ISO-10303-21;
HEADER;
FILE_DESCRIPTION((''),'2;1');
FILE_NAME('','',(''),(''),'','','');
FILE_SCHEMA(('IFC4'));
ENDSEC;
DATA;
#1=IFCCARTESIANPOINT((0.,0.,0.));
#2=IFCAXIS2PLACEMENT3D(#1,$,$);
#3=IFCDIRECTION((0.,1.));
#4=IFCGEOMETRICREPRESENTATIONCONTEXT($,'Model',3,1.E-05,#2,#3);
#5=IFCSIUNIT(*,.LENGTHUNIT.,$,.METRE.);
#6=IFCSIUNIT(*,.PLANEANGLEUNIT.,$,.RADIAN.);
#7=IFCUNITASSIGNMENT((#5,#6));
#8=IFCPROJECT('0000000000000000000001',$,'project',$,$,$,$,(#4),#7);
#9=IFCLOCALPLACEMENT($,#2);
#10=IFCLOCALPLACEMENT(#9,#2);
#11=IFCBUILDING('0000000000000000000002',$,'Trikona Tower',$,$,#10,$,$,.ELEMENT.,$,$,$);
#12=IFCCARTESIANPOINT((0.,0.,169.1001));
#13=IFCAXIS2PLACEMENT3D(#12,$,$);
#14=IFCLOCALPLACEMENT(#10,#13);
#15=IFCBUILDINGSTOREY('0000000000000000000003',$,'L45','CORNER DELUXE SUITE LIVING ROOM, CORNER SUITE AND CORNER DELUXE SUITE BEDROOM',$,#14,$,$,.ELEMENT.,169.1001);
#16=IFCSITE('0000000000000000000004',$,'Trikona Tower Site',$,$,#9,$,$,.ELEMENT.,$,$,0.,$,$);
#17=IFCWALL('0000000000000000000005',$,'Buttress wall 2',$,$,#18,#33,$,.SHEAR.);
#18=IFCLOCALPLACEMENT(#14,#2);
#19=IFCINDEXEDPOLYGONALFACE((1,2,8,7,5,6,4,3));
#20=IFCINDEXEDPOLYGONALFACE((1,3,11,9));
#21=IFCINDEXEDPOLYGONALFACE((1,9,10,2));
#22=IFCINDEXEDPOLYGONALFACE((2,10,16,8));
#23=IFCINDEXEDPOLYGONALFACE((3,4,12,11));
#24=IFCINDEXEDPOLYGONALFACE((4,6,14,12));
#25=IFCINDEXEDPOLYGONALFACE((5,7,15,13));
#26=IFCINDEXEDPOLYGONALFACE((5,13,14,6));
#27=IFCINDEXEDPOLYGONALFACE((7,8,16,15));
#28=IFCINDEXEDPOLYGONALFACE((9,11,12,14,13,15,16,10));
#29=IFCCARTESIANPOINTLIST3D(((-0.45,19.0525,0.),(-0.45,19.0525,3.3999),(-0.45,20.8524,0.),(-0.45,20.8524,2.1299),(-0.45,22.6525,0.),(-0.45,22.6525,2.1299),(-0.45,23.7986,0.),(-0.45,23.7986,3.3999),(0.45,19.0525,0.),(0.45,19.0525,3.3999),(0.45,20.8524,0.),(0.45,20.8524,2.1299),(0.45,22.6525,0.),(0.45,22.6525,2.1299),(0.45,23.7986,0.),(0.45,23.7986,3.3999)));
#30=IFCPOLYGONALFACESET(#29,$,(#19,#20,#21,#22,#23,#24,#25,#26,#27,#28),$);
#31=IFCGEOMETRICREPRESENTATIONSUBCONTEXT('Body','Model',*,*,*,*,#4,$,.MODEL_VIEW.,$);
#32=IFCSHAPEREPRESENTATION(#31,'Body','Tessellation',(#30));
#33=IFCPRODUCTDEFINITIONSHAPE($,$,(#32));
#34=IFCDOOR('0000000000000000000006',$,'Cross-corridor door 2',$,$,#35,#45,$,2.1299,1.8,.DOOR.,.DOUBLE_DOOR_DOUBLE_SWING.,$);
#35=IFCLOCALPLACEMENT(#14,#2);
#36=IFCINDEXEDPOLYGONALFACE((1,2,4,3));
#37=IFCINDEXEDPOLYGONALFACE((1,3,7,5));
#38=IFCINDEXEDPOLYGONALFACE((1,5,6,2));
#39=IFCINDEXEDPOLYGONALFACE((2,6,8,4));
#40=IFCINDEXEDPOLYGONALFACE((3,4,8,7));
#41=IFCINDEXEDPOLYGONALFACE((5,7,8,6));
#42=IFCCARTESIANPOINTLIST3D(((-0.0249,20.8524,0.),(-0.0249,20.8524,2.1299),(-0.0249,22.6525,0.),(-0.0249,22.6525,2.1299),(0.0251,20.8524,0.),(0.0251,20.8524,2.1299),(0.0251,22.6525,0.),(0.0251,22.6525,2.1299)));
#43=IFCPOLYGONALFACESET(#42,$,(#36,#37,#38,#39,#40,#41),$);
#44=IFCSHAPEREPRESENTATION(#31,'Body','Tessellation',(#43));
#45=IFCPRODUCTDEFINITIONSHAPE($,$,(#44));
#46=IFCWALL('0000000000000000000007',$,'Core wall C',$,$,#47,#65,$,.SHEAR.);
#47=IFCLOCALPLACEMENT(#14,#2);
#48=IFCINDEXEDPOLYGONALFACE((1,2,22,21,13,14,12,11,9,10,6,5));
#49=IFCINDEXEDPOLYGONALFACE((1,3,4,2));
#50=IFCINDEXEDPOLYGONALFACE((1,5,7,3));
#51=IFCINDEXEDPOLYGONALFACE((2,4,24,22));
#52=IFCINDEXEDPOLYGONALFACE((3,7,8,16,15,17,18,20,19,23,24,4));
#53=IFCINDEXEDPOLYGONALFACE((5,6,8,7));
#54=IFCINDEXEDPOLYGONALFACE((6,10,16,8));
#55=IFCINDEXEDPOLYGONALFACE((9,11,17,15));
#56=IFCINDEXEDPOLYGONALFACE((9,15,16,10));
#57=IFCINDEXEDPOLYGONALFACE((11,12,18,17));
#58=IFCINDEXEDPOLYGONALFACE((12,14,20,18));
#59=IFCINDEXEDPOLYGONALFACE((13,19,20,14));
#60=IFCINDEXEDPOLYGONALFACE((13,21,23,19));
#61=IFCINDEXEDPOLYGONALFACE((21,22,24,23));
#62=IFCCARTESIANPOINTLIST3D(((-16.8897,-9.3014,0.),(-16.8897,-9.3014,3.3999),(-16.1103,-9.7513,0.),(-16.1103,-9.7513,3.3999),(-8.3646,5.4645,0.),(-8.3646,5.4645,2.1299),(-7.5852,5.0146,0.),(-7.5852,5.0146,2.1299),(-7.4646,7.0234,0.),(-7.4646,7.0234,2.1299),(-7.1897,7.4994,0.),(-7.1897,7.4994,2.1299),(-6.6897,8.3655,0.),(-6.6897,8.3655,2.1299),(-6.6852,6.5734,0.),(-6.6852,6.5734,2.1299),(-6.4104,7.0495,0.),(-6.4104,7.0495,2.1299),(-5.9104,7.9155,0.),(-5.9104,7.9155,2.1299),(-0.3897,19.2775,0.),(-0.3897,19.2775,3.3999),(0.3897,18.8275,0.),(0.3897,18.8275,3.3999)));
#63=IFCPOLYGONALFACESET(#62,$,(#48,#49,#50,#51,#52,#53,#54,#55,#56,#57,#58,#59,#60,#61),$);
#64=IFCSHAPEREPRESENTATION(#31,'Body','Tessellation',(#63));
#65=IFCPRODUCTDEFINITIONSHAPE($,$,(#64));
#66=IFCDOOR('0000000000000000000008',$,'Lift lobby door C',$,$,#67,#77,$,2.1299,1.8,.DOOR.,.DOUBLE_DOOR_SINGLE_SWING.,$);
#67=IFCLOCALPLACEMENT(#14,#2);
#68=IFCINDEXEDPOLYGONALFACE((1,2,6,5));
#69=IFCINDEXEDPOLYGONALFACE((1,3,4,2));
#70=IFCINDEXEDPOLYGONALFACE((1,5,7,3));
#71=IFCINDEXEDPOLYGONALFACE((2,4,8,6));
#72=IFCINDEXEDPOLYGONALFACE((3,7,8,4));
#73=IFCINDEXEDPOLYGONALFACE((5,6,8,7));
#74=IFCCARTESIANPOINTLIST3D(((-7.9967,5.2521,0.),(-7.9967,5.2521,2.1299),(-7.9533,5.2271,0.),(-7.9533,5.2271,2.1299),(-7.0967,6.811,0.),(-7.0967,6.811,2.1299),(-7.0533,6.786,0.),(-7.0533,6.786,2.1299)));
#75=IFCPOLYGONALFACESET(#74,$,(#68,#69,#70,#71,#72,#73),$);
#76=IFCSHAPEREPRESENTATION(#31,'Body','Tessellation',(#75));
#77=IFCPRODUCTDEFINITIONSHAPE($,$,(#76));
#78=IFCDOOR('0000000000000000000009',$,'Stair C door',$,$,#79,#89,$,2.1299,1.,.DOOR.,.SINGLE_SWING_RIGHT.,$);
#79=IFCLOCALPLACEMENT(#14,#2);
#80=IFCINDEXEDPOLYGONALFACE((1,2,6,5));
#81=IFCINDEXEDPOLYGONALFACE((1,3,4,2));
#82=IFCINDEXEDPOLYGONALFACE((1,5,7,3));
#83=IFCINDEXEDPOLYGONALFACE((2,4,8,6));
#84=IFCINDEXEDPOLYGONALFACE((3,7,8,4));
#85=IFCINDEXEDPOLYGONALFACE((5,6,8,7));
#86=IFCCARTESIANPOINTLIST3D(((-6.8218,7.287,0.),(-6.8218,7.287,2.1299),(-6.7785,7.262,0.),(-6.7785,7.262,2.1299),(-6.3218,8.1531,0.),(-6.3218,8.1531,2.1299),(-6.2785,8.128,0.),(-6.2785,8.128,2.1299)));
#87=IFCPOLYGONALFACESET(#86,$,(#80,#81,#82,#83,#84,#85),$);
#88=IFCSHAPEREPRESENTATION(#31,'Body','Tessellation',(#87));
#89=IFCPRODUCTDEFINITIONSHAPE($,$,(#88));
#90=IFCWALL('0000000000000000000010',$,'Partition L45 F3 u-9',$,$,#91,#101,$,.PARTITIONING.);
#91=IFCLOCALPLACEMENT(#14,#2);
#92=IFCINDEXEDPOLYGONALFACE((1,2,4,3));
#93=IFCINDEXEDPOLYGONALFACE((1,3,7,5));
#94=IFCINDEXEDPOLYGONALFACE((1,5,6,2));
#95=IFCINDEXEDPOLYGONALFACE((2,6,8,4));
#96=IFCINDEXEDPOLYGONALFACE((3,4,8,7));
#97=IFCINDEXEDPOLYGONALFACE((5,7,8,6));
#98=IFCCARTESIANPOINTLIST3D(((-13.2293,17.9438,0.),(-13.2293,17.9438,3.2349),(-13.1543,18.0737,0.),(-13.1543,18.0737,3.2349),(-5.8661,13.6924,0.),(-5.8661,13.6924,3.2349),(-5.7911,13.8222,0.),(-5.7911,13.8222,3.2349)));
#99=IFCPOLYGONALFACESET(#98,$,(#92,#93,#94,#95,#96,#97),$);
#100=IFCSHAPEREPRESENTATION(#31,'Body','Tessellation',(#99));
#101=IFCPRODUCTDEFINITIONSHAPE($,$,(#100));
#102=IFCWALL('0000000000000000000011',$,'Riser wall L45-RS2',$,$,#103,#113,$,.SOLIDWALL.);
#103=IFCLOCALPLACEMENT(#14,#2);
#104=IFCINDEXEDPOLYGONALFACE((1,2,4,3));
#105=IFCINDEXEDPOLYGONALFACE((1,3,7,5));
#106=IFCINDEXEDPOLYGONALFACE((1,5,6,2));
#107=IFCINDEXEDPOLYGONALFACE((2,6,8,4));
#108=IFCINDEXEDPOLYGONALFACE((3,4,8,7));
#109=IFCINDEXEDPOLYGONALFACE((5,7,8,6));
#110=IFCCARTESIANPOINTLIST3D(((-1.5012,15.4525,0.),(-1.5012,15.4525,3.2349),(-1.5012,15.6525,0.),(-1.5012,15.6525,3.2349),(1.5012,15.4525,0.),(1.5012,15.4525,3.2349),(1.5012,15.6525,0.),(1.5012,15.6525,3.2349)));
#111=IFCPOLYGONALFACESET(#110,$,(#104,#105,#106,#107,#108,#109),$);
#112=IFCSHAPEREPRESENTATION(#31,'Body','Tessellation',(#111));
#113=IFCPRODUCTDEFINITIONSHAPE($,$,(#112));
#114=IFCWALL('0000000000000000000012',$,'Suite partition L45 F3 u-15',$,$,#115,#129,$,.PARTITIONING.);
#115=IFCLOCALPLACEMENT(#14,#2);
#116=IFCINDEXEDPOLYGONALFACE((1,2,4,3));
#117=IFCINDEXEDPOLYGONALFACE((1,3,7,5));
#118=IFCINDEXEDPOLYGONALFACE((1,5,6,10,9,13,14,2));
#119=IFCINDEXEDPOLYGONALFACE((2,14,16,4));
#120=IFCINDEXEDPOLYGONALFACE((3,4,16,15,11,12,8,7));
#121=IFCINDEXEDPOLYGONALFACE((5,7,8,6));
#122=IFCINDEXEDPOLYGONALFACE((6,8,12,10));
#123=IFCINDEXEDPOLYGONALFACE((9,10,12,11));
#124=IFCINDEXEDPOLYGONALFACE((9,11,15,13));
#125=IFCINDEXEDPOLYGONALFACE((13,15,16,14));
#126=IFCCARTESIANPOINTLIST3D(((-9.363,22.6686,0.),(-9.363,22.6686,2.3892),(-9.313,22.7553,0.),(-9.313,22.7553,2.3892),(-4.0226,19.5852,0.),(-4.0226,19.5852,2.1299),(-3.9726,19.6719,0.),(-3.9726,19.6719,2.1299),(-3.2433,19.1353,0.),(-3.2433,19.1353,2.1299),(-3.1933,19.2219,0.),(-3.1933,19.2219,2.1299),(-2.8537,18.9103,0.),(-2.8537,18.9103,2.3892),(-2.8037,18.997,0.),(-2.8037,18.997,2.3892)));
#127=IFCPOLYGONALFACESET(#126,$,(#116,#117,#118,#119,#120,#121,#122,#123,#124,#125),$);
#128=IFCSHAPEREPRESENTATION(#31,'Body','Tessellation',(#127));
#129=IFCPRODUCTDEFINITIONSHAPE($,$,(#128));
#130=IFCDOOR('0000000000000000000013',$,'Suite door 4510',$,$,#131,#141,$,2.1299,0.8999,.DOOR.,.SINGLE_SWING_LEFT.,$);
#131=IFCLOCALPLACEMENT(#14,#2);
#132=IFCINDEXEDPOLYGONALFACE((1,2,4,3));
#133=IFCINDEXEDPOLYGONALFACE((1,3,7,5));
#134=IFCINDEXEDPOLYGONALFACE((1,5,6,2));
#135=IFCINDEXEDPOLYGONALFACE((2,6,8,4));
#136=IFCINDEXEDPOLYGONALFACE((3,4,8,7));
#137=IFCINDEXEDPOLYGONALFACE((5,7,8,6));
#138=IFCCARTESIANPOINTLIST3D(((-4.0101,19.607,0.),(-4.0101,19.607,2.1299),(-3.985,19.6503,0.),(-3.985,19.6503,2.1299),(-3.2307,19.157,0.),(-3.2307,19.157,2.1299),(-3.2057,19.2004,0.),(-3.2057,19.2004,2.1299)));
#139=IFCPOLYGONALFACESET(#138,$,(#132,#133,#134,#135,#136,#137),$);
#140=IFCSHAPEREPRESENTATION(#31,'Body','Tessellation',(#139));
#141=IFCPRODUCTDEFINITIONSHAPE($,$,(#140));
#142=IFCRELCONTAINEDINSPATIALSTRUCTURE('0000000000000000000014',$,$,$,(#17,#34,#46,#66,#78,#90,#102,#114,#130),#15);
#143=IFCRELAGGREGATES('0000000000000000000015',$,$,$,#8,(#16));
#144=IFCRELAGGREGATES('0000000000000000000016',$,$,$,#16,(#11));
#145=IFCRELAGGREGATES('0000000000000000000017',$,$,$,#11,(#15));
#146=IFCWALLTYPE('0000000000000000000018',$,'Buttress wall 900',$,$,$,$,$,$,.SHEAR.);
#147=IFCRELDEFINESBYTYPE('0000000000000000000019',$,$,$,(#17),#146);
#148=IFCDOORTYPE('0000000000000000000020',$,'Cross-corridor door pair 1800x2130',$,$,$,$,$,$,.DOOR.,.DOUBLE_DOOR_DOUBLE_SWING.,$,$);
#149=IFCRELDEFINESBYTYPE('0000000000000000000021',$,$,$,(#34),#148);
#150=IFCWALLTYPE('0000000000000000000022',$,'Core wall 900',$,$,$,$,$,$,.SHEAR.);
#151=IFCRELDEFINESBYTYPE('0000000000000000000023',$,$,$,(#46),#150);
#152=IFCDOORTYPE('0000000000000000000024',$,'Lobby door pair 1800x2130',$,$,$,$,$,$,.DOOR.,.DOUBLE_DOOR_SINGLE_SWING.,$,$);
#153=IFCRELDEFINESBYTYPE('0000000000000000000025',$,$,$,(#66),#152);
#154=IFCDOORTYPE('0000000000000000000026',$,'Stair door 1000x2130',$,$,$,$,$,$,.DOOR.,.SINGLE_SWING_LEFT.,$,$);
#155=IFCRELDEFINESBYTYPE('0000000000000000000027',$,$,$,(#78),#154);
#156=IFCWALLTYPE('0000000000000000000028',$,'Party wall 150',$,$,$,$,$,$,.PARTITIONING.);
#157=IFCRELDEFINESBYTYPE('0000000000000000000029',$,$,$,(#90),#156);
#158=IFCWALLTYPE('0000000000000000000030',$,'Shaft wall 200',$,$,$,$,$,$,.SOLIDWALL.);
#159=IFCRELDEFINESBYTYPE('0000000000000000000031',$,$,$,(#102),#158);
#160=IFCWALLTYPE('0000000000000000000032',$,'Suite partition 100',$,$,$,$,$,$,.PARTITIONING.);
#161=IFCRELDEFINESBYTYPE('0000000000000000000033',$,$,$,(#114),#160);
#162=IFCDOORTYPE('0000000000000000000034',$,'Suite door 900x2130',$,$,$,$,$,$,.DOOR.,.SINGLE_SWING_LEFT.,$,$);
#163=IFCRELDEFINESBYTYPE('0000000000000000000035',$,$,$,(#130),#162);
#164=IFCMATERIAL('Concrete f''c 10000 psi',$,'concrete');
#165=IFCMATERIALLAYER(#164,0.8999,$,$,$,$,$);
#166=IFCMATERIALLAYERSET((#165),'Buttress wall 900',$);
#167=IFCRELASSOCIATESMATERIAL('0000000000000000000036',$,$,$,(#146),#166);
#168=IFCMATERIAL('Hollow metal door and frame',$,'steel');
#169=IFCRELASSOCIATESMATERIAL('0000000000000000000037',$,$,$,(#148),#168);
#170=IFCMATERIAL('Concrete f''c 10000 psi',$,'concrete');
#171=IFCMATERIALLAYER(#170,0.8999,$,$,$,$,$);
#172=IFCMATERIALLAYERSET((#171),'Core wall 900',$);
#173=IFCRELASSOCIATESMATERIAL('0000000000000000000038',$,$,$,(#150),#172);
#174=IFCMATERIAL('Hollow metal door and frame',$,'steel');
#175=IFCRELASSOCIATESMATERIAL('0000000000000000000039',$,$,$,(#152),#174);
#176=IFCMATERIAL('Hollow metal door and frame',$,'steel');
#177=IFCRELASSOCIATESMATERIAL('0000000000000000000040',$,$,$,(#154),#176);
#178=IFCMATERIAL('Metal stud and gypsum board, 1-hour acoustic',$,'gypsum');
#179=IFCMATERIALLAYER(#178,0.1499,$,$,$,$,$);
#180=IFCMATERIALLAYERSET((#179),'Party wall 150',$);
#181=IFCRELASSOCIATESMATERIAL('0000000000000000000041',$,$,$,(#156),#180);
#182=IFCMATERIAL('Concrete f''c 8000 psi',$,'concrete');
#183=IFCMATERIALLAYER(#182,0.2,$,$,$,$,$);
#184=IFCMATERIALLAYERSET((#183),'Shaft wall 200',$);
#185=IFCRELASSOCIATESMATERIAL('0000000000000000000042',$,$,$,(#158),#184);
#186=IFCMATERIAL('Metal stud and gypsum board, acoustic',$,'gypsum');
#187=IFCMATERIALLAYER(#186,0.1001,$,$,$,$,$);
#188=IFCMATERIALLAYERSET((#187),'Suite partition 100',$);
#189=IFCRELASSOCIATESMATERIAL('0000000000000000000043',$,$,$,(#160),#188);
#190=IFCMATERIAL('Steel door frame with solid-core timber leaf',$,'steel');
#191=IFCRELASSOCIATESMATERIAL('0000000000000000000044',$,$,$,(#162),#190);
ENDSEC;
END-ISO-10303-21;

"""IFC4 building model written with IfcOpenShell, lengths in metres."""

from ifc_helpers import new_model, si_unit, direction, frame, frame_2d, origin, place, context, subcontext, project, spatial, rectangle, extrude, material, layer, layer_set, type_object, element, fill, save


model = new_model("IFC4")

# Units and contexts
model_context = context("Model", 3, precision=1e-05, world=origin(), true_north=direction((0.0, 1.0)))
body_context = subcontext(model_context, "Body", "Model", "MODEL_VIEW")
ifc_project = project(units=[si_unit("LENGTHUNIT", "METRE"), si_unit("PLANEANGLEUNIT", "RADIAN")], contexts=[model_context])

# Site, building, storey
site_placement = place(None, origin())
site = spatial("IfcSite", under=ifc_project, at=site_placement, Name="Trikona Tower Site", CompositionType="ELEMENT", RefElevation=0.0)
building_placement = place(site_placement, origin())
building = spatial("IfcBuilding", under=site, at=building_placement, Name="Trikona Tower", CompositionType="ELEMENT")
storey_placement = place(building_placement, frame((0.0, 0.0, 169.1001)))
storey = spatial("IfcBuildingStorey", under=building, at=storey_placement, Name="L45", Description="CORNER DELUXE SUITE LIVING ROOM, CORNER SUITE AND CORNER DELUXE SUITE BEDROOM", CompositionType="ELEMENT", Elevation=169.1001)

# Wall, opening, door
ifc_material_1 = material(Name="Concrete f'c 10000 psi", Category="concrete")
ifc_layer_1 = layer(ifc_material_1, 0.8999)
ifc_layer_set_1 = layer_set([ifc_layer_1], Name="Buttress wall 900")
wall_type_1 = type_object("IfcWallType", Name="Buttress wall 900", PredefinedType="SHEAR", material=ifc_layer_set_1)
wall_1_placement = place(storey_placement, frame((0.0, 19.0525, 0.0), z_axis=(0.0, 0.0, 1.0), x_axis=(0.0, 1.0, 0.0)))
wall_1 = element("IfcWall", 1, at=wall_1_placement, inside=storey, type_object=wall_type_1, Name="Buttress wall 2", PredefinedType="SHEAR", context=body_context, shape_type="SweptSolid", body=[
    extrude(rectangle(XDim=4.7461, YDim=0.8999, at=frame_2d((2.373, 0.0))), origin(), (0.0, 0.0, 1.0), 3.3999),
])
opening_1_placement = place(wall_1_placement, frame((1.8, 0.0, 0.0)))
opening_1 = element("IfcOpeningElement", 2, at=opening_1_placement, cuts=wall_1, PredefinedType="OPENING", context=body_context, shape_type="SweptSolid", body=[
    extrude(rectangle(XDim=1.8, YDim=2.1299, at=frame_2d((0.8999, 1.0649))), frame((0.0, 0.46, 0.0), z_axis=(0.0, -1.0, 0.0), x_axis=(1.0, 0.0, 0.0)), (0.0, 0.0, 1.0), 0.9199),
])
ifc_material_2 = material(Name="Hollow metal door and frame", Category="steel")
door_type_1 = type_object("IfcDoorType", Name="Cross-corridor door pair 1800x2130", OperationType="DOUBLE_DOOR_DOUBLE_SWING", PredefinedType="DOOR", material=ifc_material_2)
door_1_placement = place(opening_1_placement, origin())
door_1 = element("IfcDoor", 3, at=door_1_placement, inside=storey, type_object=door_type_1, Name="Cross-corridor door 2", OperationType="DOUBLE_DOOR_DOUBLE_SWING", OverallHeight=2.1299, OverallWidth=1.8, PredefinedType="DOOR", context=body_context, shape_type="SweptSolid", body=[
    extrude(rectangle(XDim=1.8, YDim=2.1299, at=frame_2d((0.8999, 1.0649))), frame((0.0, 0.0249, 0.0), z_axis=(0.0, -1.0, 0.0), x_axis=(1.0, 0.0, 0.0)), (0.0, 0.0, 1.0), 0.05),
])
fill(opening_1, door_1)

# Wall, openings, doors
ifc_material_3 = material(Name="Concrete f'c 10000 psi", Category="concrete")
ifc_layer_2 = layer(ifc_material_3, 0.8999)
ifc_layer_set_2 = layer_set([ifc_layer_2], Name="Core wall 900")
wall_type_2 = type_object("IfcWallType", Name="Core wall 900", PredefinedType="SHEAR", material=ifc_layer_set_2)
wall_2_placement = place(storey_placement, frame((0.0, 19.0525, 0.0), z_axis=(0.0, 0.0, 1.0), x_axis=(-0.5, -0.866026, 0.0)))
wall_2 = element("IfcWall", 4, at=wall_2_placement, inside=storey, type_object=wall_type_2, Name="Core wall C", PredefinedType="SHEAR", context=body_context, shape_type="SweptSolid", body=[
    extrude(rectangle(XDim=33.0, YDim=0.8999, at=frame_2d((16.5, 0.0))), origin(), (0.0, 0.0, 1.0), 3.3999),
])
opening_2_placement = place(wall_2_placement, frame((14.1499, 0.0, 0.0)))
opening_2 = element("IfcOpeningElement", 5, at=opening_2_placement, cuts=wall_2, PredefinedType="OPENING", context=body_context, shape_type="SweptSolid", body=[
    extrude(rectangle(XDim=1.8, YDim=2.1299, at=frame_2d((0.8999, 1.0649))), frame((0.0, 0.46, 0.0), z_axis=(0.0, -1.0, 0.0), x_axis=(1.0, 0.0, 0.0)), (0.0, 0.0, 1.0), 0.9199),
])
opening_3_placement = place(wall_2_placement, frame((12.6001, 0.0, 0.0)))
opening_3 = element("IfcOpeningElement", 6, at=opening_3_placement, cuts=wall_2, PredefinedType="OPENING", context=body_context, shape_type="SweptSolid", body=[
    extrude(rectangle(XDim=1.0, YDim=2.1299, at=frame_2d((0.5, 1.0649))), frame((0.0, 0.46, 0.0), z_axis=(0.0, -1.0, 0.0), x_axis=(1.0, 0.0, 0.0)), (0.0, 0.0, 1.0), 0.9199),
])
ifc_material_4 = material(Name="Hollow metal door and frame", Category="steel")
door_type_2 = type_object("IfcDoorType", Name="Lobby door pair 1800x2130", OperationType="DOUBLE_DOOR_SINGLE_SWING", PredefinedType="DOOR", material=ifc_material_4)
door_2_placement = place(opening_2_placement, origin())
door_2 = element("IfcDoor", 7, at=door_2_placement, inside=storey, type_object=door_type_2, Name="Lift lobby door C", OperationType="DOUBLE_DOOR_SINGLE_SWING", OverallHeight=2.1299, OverallWidth=1.8, PredefinedType="DOOR", context=body_context, shape_type="SweptSolid", body=[
    extrude(rectangle(XDim=1.8, YDim=2.1299, at=frame_2d((0.8999, 1.0649))), frame((0.0, 0.0249, 0.0), z_axis=(0.0, -1.0, 0.0), x_axis=(1.0, 0.0, 0.0)), (0.0, 0.0, 1.0), 0.05),
])
fill(opening_2, door_2)
ifc_material_5 = material(Name="Hollow metal door and frame", Category="steel")
door_type_3 = type_object("IfcDoorType", Name="Stair door 1000x2130", OperationType="SINGLE_SWING_LEFT", PredefinedType="DOOR", material=ifc_material_5)
door_3_placement = place(opening_3_placement, origin())
door_3 = element("IfcDoor", 8, at=door_3_placement, inside=storey, type_object=door_type_3, Name="Stair C door", OperationType="SINGLE_SWING_RIGHT", OverallHeight=2.1299, OverallWidth=1.0, PredefinedType="DOOR", context=body_context, shape_type="SweptSolid", body=[
    extrude(rectangle(XDim=1.0, YDim=2.1299, at=frame_2d((0.5, 1.0649))), frame((0.0, 0.0249, 0.0), z_axis=(0.0, -1.0, 0.0), x_axis=(1.0, 0.0, 0.0)), (0.0, 0.0, 1.0), 0.05),
])
fill(opening_3, door_3)

# Walls
ifc_material_6 = material(Name="Metal stud and gypsum board, 1-hour acoustic", Category="gypsum")
ifc_layer_3 = layer(ifc_material_6, 0.1499)
ifc_layer_set_3 = layer_set([ifc_layer_3], Name="Party wall 150")
wall_type_3 = type_object("IfcWallType", Name="Party wall 150", PredefinedType="PARTITIONING", material=ifc_layer_set_3)
wall_3_placement = place(storey_placement, frame((-5.8286, 13.7573, 0.0), z_axis=(0.0, 0.0, 1.0), x_axis=(-0.866012, 0.500024, 0.0)))
element("IfcWall", 9, at=wall_3_placement, inside=storey, type_object=wall_type_3, Name="Partition L45 F3 u-9", PredefinedType="PARTITIONING", context=body_context, shape_type="SweptSolid", body=[
    extrude(rectangle(XDim=8.5024, YDim=0.1499, at=frame_2d((4.2512, 0.0))), origin(), (0.0, 0.0, 1.0), 3.2349),
])
ifc_material_7 = material(Name="Concrete f'c 8000 psi", Category="concrete")
ifc_layer_4 = layer(ifc_material_7, 0.2)
ifc_layer_set_4 = layer_set([ifc_layer_4], Name="Shaft wall 200")
wall_type_4 = type_object("IfcWallType", Name="Shaft wall 200", PredefinedType="SOLIDWALL", material=ifc_layer_set_4)
wall_4_placement = place(storey_placement, frame((-1.5012, 15.5525, 0.0), z_axis=(0.0, 0.0, 1.0), x_axis=(1.0, 0.0, 0.0)))
element("IfcWall", 10, at=wall_4_placement, inside=storey, type_object=wall_type_4, Name="Riser wall L45-RS2", PredefinedType="SOLIDWALL", context=body_context, shape_type="SweptSolid", body=[
    extrude(rectangle(XDim=3.0024, YDim=0.2, at=frame_2d((1.5012, 0.0))), origin(), (0.0, 0.0, 1.0), 3.2349),
])

# Wall, opening, door
ifc_material_8 = material(Name="Metal stud and gypsum board, acoustic", Category="gypsum")
ifc_layer_5 = layer(ifc_material_8, 0.1001)
ifc_layer_set_5 = layer_set([ifc_layer_5], Name="Suite partition 100")
wall_type_5 = type_object("IfcWallType", Name="Suite partition 100", PredefinedType="PARTITIONING", material=ifc_layer_set_5)
wall_5_placement = place(storey_placement, frame((-2.8286, 18.9536, 0.0), z_axis=(0.0, 0.0, 1.0), x_axis=(-0.866016, 0.500017, 0.0)))
wall_5 = element("IfcWall", 11, at=wall_5_placement, inside=storey, type_object=wall_type_5, Name="Suite partition L45 F3 u-15", PredefinedType="PARTITIONING", context=body_context, shape_type="SweptSolid", body=[
    extrude(rectangle(XDim=7.5164, YDim=0.1001, at=frame_2d((3.7583, 0.0))), origin(), (0.0, 0.0, 1.0), 2.3892),
])
opening_4_placement = place(wall_5_placement, frame((0.45, 0.0, 0.0)))
opening_4 = element("IfcOpeningElement", 12, at=opening_4_placement, cuts=wall_5, PredefinedType="OPENING", context=body_context, shape_type="SweptSolid", body=[
    extrude(rectangle(XDim=0.8999, YDim=2.1299, at=frame_2d((0.45, 1.0649))), frame((0.0, 0.0601, 0.0), z_axis=(0.0, -1.0, 0.0), x_axis=(1.0, 0.0, 0.0)), (0.0, 0.0, 1.0), 0.1201),
])
ifc_material_9 = material(Name="Steel door frame with solid-core timber leaf", Category="steel")
door_type_4 = type_object("IfcDoorType", Name="Suite door 900x2130", OperationType="SINGLE_SWING_LEFT", PredefinedType="DOOR", material=ifc_material_9)
door_4_placement = place(opening_4_placement, origin())
door_4 = element("IfcDoor", 13, at=door_4_placement, inside=storey, type_object=door_type_4, Name="Suite door 4510", OperationType="SINGLE_SWING_LEFT", OverallHeight=2.1299, OverallWidth=0.8999, PredefinedType="DOOR", context=body_context, shape_type="SweptSolid", body=[
    extrude(rectangle(XDim=0.8999, YDim=2.1299, at=frame_2d((0.45, 1.0649))), frame((0.0, 0.0249, 0.0), z_axis=(0.0, -1.0, 0.0), x_axis=(1.0, 0.0, 0.0)), (0.0, 0.0, 1.0), 0.05),
])
fill(opening_4, door_4)

save(model, "model.ifc")
